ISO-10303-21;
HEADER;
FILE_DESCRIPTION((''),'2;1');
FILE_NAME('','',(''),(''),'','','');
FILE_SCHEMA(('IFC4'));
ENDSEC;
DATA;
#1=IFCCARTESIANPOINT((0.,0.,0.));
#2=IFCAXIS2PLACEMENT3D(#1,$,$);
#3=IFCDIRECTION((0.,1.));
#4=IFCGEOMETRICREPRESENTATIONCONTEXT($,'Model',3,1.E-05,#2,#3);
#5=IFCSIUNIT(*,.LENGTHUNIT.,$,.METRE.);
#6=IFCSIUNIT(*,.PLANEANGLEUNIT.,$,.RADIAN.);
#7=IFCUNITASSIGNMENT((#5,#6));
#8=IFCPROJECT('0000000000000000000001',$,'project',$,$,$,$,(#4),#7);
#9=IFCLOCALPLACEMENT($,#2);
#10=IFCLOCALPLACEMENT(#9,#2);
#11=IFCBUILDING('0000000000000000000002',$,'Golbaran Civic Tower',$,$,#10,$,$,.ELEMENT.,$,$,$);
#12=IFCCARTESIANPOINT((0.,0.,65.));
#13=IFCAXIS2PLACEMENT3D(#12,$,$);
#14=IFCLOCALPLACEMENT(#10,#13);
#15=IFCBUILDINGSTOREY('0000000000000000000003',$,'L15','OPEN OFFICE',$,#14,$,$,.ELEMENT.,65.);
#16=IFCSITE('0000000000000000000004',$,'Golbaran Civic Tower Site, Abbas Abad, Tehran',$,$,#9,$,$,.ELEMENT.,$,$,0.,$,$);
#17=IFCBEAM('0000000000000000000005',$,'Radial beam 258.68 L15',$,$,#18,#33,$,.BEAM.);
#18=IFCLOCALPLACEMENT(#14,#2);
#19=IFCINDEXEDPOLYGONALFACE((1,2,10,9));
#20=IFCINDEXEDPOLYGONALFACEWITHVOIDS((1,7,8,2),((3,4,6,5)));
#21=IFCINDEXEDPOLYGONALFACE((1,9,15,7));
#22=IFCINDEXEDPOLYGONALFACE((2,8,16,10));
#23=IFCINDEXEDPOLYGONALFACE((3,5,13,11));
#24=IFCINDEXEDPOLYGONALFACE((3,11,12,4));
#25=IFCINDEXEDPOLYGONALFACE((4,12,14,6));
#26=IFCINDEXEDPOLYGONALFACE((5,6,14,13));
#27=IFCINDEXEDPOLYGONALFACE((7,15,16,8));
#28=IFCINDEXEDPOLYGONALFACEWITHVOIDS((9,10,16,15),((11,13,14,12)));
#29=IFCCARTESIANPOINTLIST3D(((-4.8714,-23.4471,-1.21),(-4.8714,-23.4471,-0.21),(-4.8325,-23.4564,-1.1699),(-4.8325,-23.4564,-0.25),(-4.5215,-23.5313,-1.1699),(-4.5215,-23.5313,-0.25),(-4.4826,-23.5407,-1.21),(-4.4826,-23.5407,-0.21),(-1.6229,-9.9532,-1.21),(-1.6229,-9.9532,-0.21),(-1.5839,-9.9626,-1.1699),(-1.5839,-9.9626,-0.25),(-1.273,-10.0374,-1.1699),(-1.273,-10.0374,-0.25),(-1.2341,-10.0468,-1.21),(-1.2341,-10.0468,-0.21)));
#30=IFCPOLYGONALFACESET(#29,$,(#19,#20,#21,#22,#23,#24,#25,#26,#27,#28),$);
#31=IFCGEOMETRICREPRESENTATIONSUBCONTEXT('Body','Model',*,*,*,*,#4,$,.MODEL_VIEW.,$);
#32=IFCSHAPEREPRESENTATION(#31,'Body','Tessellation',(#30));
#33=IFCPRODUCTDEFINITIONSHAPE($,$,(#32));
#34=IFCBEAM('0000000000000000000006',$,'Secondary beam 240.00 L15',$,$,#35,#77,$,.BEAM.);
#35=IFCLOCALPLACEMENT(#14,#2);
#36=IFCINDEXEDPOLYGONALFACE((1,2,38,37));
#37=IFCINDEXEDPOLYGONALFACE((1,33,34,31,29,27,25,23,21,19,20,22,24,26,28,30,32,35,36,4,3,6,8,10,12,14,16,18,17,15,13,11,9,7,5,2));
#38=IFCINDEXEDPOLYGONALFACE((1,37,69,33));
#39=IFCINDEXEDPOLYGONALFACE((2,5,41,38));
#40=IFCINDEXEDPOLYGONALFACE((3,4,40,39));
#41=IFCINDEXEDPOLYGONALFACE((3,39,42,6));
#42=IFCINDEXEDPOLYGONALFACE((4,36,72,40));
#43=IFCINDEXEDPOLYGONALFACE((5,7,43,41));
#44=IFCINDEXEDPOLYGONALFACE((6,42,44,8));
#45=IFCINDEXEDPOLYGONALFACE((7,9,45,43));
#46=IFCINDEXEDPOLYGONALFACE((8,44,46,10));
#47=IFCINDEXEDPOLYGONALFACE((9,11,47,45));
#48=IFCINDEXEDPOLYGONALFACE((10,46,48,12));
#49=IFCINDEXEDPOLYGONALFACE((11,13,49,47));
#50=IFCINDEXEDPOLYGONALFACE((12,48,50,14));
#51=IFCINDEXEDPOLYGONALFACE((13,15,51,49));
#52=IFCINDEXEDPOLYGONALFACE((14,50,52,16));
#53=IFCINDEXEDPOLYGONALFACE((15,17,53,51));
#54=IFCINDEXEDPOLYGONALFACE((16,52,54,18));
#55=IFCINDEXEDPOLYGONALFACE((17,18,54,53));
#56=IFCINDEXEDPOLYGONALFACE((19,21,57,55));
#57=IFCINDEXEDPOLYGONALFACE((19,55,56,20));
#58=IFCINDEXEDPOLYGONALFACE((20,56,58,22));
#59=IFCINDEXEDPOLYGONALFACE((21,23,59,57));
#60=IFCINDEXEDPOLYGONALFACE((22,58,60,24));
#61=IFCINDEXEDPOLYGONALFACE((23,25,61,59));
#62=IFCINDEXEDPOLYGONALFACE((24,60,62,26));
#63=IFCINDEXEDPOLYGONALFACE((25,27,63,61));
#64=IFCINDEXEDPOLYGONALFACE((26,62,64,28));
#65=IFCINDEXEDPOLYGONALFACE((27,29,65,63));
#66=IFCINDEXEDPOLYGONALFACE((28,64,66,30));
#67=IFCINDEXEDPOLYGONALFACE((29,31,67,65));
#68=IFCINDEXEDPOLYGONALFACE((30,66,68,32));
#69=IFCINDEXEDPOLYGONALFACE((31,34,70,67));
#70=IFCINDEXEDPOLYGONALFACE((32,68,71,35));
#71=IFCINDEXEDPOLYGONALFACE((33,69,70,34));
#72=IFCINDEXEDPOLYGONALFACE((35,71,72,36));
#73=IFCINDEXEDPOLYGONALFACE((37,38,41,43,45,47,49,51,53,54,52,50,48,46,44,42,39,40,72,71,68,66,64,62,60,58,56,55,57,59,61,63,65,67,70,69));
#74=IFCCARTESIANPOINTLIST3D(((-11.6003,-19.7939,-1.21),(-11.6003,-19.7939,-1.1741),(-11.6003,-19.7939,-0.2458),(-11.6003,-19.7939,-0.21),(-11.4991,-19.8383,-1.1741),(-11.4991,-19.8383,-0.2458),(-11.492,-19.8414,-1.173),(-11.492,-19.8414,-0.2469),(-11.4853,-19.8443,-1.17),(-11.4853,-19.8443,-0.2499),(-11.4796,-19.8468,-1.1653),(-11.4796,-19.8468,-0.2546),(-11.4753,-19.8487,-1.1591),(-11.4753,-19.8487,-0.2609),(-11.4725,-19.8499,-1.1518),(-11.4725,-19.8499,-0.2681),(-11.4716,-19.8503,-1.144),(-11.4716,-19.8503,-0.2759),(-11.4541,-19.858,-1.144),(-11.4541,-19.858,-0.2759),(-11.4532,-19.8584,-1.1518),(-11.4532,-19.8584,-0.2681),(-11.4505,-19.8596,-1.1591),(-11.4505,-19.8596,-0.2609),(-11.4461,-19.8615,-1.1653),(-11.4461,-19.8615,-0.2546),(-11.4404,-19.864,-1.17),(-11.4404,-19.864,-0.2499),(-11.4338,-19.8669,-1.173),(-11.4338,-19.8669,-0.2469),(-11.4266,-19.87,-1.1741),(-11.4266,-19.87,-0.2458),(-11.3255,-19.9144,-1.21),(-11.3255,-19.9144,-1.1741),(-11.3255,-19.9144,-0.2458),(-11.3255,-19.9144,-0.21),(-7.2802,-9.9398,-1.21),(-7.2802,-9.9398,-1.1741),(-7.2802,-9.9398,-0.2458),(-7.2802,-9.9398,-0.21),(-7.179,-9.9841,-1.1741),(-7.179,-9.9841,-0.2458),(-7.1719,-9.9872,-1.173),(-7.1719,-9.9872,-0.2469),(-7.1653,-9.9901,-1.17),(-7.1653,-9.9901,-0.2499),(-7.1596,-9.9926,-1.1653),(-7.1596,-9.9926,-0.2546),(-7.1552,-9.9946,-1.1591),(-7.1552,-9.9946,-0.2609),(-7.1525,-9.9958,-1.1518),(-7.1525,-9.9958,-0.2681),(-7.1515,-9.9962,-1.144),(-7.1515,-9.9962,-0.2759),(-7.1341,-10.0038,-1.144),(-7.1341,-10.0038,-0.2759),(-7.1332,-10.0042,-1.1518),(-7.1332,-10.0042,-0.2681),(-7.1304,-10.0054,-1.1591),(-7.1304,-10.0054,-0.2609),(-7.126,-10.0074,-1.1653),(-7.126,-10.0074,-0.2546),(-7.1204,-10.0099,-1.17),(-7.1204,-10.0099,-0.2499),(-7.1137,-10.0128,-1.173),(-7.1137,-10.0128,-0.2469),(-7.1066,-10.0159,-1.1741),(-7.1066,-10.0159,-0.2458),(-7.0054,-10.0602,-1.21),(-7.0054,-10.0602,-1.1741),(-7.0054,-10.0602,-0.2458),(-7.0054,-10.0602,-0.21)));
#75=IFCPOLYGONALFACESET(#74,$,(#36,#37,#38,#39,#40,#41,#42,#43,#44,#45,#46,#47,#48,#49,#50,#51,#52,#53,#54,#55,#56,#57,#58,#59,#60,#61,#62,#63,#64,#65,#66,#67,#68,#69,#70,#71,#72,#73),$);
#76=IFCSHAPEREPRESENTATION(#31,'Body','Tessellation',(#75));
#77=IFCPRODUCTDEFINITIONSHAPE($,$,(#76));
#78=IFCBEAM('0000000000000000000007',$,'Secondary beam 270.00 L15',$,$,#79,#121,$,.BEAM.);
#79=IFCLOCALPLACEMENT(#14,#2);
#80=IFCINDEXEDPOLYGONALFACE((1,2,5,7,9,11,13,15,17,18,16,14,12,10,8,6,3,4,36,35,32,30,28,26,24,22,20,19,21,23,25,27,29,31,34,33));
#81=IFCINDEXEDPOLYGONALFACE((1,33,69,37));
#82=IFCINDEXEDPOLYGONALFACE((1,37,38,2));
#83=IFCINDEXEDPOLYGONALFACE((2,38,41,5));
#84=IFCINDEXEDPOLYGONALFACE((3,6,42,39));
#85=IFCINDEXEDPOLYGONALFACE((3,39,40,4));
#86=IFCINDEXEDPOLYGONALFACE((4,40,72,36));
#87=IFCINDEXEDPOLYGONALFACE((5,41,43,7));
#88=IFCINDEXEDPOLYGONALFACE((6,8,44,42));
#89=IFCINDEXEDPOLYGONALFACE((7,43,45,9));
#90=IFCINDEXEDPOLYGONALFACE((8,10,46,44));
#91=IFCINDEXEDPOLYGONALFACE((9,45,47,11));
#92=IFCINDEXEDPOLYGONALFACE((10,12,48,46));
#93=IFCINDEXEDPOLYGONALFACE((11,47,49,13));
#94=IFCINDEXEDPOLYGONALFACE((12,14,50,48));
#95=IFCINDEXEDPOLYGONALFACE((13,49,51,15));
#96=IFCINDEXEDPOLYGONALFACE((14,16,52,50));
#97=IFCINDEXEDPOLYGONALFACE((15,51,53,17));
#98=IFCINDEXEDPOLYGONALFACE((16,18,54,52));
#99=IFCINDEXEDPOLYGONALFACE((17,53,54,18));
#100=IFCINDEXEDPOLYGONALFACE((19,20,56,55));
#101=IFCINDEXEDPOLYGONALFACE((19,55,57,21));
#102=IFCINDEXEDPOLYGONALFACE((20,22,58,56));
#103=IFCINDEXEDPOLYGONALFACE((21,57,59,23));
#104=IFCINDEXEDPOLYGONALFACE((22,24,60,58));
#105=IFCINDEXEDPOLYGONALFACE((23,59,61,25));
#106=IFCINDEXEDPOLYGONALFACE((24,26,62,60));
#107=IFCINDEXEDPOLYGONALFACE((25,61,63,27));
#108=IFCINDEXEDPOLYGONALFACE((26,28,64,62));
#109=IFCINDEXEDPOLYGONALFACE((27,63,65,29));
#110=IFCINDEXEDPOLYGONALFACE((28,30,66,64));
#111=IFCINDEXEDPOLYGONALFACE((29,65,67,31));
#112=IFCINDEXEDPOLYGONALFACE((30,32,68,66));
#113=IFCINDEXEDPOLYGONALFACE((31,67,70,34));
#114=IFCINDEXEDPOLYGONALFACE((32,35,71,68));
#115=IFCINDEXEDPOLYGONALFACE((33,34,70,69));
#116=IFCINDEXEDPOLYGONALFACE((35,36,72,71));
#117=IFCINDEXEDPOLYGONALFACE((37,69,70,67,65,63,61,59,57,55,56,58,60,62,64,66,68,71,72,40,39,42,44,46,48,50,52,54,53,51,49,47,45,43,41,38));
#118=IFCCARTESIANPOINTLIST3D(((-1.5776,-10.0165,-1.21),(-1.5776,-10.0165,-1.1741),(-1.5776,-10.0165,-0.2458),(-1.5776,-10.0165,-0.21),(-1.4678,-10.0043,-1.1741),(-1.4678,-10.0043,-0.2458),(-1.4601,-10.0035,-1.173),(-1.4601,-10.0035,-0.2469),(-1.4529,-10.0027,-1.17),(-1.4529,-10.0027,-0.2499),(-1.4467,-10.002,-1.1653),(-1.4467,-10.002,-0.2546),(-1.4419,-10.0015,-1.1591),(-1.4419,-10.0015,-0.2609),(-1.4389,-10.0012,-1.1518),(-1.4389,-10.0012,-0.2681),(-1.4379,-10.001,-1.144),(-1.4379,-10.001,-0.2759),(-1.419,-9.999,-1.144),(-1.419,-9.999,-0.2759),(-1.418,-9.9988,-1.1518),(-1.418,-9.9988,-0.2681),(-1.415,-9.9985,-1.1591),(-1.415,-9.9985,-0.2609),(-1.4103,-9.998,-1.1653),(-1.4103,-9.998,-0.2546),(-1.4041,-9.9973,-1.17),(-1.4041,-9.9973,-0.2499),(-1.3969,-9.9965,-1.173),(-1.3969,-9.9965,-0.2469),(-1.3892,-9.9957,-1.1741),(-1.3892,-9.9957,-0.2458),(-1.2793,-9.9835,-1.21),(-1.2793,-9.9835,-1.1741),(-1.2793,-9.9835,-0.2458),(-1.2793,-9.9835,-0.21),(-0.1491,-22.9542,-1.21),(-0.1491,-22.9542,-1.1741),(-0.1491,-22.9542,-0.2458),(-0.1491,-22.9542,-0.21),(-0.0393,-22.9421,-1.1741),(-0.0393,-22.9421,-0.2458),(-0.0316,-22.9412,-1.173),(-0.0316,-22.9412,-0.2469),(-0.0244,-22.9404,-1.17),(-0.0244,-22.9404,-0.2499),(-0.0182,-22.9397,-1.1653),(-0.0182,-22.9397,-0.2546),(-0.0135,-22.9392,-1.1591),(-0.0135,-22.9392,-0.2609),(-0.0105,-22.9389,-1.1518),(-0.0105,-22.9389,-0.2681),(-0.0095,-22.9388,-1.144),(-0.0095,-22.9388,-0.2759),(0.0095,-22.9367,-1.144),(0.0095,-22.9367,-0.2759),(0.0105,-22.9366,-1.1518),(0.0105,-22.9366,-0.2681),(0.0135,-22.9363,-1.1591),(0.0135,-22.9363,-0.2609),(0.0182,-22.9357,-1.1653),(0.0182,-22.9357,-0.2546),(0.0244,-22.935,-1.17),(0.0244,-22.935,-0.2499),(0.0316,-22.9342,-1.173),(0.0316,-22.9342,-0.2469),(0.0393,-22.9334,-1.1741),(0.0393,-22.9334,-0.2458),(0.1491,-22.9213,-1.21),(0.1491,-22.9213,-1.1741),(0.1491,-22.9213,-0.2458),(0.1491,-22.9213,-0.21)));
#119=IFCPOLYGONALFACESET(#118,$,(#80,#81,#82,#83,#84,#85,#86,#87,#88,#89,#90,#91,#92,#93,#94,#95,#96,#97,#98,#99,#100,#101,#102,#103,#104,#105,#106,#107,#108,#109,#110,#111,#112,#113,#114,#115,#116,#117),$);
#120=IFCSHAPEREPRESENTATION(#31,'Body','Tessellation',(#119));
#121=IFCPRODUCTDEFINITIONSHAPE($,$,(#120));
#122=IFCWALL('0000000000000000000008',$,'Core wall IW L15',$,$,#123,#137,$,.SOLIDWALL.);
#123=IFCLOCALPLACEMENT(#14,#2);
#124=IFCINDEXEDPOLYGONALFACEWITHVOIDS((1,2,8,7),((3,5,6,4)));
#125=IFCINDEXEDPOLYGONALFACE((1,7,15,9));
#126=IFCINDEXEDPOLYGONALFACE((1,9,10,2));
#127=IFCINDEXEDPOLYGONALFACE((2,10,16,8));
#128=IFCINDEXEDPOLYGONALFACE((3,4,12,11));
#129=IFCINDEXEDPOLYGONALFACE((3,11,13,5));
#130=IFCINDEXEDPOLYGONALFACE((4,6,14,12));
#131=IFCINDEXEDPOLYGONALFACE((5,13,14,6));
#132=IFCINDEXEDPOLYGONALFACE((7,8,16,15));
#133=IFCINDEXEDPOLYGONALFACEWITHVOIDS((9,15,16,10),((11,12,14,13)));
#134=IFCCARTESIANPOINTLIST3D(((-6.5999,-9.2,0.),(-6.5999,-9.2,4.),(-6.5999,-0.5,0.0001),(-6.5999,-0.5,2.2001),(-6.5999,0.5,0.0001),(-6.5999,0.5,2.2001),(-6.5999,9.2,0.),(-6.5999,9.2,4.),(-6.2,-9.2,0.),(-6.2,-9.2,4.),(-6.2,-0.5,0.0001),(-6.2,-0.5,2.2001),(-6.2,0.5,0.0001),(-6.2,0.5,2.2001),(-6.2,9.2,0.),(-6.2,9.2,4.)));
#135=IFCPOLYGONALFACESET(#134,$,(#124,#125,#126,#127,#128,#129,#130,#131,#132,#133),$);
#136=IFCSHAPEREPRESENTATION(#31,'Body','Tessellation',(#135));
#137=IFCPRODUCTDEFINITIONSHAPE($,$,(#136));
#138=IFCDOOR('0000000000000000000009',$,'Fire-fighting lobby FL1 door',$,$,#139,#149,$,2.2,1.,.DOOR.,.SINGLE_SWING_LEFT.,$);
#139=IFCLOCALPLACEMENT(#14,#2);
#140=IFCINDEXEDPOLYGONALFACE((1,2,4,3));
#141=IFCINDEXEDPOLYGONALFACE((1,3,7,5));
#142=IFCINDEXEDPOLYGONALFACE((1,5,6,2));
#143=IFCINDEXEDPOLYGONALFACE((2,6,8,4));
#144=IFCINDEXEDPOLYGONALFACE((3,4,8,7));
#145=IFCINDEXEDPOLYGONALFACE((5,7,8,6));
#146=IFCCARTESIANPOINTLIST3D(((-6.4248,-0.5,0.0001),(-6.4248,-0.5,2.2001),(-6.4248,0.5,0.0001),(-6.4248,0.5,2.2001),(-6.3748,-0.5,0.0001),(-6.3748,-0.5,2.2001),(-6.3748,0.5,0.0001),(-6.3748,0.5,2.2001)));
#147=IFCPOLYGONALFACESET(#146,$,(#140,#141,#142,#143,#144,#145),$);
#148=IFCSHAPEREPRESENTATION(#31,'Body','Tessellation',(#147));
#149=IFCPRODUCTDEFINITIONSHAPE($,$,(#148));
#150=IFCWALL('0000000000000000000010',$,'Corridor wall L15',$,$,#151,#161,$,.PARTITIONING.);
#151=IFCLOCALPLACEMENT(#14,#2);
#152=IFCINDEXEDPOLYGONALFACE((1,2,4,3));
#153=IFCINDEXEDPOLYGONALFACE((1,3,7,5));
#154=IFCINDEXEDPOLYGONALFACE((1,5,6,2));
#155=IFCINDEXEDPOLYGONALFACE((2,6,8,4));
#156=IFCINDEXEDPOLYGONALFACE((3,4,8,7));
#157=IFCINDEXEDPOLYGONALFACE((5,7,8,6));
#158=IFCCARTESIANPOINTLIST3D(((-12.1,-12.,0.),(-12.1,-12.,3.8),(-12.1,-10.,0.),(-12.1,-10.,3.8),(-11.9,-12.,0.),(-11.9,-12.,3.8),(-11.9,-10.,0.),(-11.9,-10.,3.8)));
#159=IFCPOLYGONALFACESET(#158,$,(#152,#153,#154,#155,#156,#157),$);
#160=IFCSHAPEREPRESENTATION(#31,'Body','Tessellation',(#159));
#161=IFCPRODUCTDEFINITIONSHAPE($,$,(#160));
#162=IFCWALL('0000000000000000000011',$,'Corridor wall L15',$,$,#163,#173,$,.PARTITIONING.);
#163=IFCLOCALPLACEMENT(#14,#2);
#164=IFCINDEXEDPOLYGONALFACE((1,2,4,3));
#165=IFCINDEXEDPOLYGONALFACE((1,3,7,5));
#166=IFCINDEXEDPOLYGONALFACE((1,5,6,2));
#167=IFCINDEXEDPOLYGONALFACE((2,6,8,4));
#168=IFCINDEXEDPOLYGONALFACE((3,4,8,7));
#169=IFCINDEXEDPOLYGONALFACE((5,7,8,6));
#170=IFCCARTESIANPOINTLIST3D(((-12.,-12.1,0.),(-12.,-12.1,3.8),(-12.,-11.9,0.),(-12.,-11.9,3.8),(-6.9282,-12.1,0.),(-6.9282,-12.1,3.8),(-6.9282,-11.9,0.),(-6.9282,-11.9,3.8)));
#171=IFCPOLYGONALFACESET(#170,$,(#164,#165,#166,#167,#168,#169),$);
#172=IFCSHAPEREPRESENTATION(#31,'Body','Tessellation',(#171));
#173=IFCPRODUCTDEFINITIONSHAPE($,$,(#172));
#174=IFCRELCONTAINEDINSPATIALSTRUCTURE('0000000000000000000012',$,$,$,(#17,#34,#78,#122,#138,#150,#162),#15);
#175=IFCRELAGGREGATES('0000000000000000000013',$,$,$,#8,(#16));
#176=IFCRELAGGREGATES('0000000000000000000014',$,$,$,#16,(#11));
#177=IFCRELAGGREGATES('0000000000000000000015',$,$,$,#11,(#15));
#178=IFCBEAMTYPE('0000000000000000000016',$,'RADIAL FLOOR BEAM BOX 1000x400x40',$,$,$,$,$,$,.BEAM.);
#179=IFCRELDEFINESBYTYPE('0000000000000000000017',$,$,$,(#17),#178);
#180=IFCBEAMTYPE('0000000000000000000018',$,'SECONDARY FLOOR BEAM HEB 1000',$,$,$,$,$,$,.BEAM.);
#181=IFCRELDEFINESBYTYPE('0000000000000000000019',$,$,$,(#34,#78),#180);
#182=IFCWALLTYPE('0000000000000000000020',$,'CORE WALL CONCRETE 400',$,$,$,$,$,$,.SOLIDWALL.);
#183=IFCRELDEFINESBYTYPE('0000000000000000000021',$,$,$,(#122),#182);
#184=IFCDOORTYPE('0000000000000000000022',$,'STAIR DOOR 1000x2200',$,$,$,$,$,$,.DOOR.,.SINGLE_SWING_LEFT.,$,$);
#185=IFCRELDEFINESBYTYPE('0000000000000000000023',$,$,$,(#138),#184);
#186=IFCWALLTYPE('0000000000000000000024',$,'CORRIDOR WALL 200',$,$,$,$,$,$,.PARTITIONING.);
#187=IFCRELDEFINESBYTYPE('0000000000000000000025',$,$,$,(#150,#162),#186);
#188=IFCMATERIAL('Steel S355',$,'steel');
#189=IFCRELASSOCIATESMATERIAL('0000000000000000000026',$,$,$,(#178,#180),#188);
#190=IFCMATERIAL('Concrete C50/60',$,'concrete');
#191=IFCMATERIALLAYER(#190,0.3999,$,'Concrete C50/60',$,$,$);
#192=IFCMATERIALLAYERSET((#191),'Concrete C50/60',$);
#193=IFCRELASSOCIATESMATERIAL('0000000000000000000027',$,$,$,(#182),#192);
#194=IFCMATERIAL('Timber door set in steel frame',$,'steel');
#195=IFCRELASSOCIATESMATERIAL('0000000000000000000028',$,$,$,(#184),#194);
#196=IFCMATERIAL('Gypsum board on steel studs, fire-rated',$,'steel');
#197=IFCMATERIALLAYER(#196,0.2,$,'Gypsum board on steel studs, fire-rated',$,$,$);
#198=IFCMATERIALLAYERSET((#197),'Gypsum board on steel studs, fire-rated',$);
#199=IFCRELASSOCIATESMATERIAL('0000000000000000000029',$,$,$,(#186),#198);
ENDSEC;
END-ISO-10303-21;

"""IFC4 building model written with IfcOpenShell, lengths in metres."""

from ifc_helpers import new_model, si_unit, direction, frame, frame_2d, origin, origin_2d, place, context, subcontext, project, spatial, rectangle, hollow_rectangle, i_section, extrude, material, layer, layer_set, material_profile, profile_set, type_object, element, fill, save


model = new_model("IFC4")

# Units and contexts
model_context = context("Model", 3, precision=1e-05, world=origin(), true_north=direction((0.0, 1.0)))
body_context = subcontext(model_context, "Body", "Model", "MODEL_VIEW")
ifc_project = project(units=[si_unit("LENGTHUNIT", "METRE"), si_unit("PLANEANGLEUNIT", "RADIAN")], contexts=[model_context])

# Site, building, storey
site_placement = place(None, origin())
site = spatial("IfcSite", under=ifc_project, at=site_placement, Name="Golbaran Civic Tower Site, Abbas Abad, Tehran", CompositionType="ELEMENT", RefElevation=0.0)
building_placement = place(site_placement, origin())
building = spatial("IfcBuilding", under=site, at=building_placement, Name="Golbaran Civic Tower", CompositionType="ELEMENT")
storey_placement = place(building_placement, frame((0.0, 0.0, 65.0)))
storey = spatial("IfcBuildingStorey", under=building, at=storey_placement, Name="L15", Description="OPEN OFFICE", CompositionType="ELEMENT", Elevation=65.0)

# Beams
ifc_material_1 = material(Name="Steel S355", Category="steel")
ifc_material_profile_1 = material_profile(ifc_material_1, hollow_rectangle(XDim=0.3999, YDim=1.0, WallThickness=0.04, at=origin_2d()), Name="BOX 1000x400x40")
ifc_profile_set_1 = profile_set([ifc_material_profile_1], Name="Steel S355")
beam_type_1 = type_object("IfcBeamType", Name="RADIAL FLOOR BEAM BOX 1000x400x40", PredefinedType="BEAM", material=ifc_profile_set_1)
beam_1_placement = place(storey_placement, frame((-1.4285, -10.0, -0.71), z_axis=(-0.234054, -0.972224, 0.0), x_axis=(0.972224, -0.234054, 0.0)))
element("IfcBeam", 1, at=beam_1_placement, inside=storey, type_object=beam_type_1, Name="Radial beam 258.68 L15", PredefinedType="BEAM", context=body_context, shape_type="SweptSolid", body=[
    extrude(hollow_rectangle(XDim=0.3999, YDim=1.0, WallThickness=0.04, at=origin_2d()), origin(), (0.0, 0.0, 1.0), 13.8794),
])
ifc_material_profile_2 = material_profile(ifc_material_1, i_section(OverallWidth=0.3, OverallDepth=1.0, WebThickness=0.019, FlangeThickness=0.0359, FilletRadius=0.03, at=origin_2d()), Name="HEB 1000")
ifc_profile_set_2 = profile_set([ifc_material_profile_2], Name="Steel S355")
beam_type_2 = type_object("IfcBeamType", Name="SECONDARY FLOOR BEAM HEB 1000", PredefinedType="BEAM", material=ifc_profile_set_2)
beam_2_placement = place(storey_placement, frame((-7.1428, -10.0, -0.71), z_axis=(-0.401508, -0.915856, 0.0), x_axis=(0.915856, -0.401508, 0.0)))
element("IfcBeam", 2, at=beam_2_placement, inside=storey, type_object=beam_type_2, Name="Secondary beam 240.00 L15", PredefinedType="BEAM", context=body_context, shape_type="SweptSolid", body=[
    extrude(i_section(OverallWidth=0.3, OverallDepth=1.0, WebThickness=0.019, FlangeThickness=0.0359, FilletRadius=0.03, at=origin_2d()), origin(), (0.0, 0.0, 1.0), 10.7595),
])
beam_3_placement = place(storey_placement, frame((-1.4285, -10.0, -0.71), z_axis=(0.109744, -0.99396, 0.0), x_axis=(0.99396, 0.109744, 0.0)))
element("IfcBeam", 3, at=beam_3_placement, inside=storey, type_object=beam_type_2, Name="Secondary beam 270.00 L15", PredefinedType="BEAM", context=body_context, shape_type="SweptSolid", body=[
    extrude(i_section(OverallWidth=0.3, OverallDepth=1.0, WebThickness=0.019, FlangeThickness=0.0359, FilletRadius=0.03, at=origin_2d()), origin(), (0.0, 0.0, 1.0), 13.0164),
])

# Wall, opening, door
ifc_material_2 = material(Name="Concrete C50/60", Category="concrete")
ifc_layer_1 = layer(ifc_material_2, 0.3999, Name="Concrete C50/60")
ifc_layer_set_1 = layer_set([ifc_layer_1], Name="Concrete C50/60")
wall_type_1 = type_object("IfcWallType", Name="CORE WALL CONCRETE 400", PredefinedType="SOLIDWALL", material=ifc_layer_set_1)
wall_1_placement = place(storey_placement, frame((-6.3999, -9.2, 0.0), z_axis=(0.0, 0.0, 1.0), x_axis=(0.0, 1.0, 0.0)))
wall_1 = element("IfcWall", 4, at=wall_1_placement, inside=storey, type_object=wall_type_1, Name="Core wall IW L15", PredefinedType="SOLIDWALL", context=body_context, shape_type="SweptSolid", body=[
    extrude(rectangle(XDim=18.3999, YDim=0.3999, at=frame_2d((9.2, 0.0))), origin(), (0.0, 0.0, 1.0), 4.0),
])
opening_1_placement = place(wall_1_placement, frame((8.7, 0.0, 0.0)))
opening_1 = element("IfcOpeningElement", 5, at=opening_1_placement, cuts=wall_1, PredefinedType="OPENING", context=body_context, shape_type="SweptSolid", body=[
    extrude(rectangle(XDim=1.0, YDim=2.2, at=frame_2d((0.5, 1.1001))), frame((0.0, 0.21, 0.0), z_axis=(0.0, -1.0, 0.0), x_axis=(1.0, 0.0, 0.0)), (0.0, 0.0, 1.0), 0.4199),
])
ifc_material_3 = material(Name="Timber door set in steel frame", Category="steel")
door_type_1 = type_object("IfcDoorType", Name="STAIR DOOR 1000x2200", OperationType="SINGLE_SWING_LEFT", PredefinedType="DOOR", material=ifc_material_3)
door_1_placement = place(opening_1_placement, origin())
door_1 = element("IfcDoor", 6, at=door_1_placement, inside=storey, type_object=door_type_1, Name="Fire-fighting lobby FL1 door", OperationType="SINGLE_SWING_LEFT", OverallHeight=2.2, OverallWidth=1.0, PredefinedType="DOOR", context=body_context, shape_type="SweptSolid", body=[
    extrude(rectangle(XDim=1.0, YDim=2.2, at=frame_2d((0.5, 1.1001))), frame((0.0, 0.0249, 0.0), z_axis=(0.0, -1.0, 0.0), x_axis=(1.0, 0.0, 0.0)), (0.0, 0.0, 1.0), 0.05),
])
fill(opening_1, door_1)

# Walls
ifc_material_4 = material(Name="Gypsum board on steel studs, fire-rated", Category="steel")
ifc_layer_2 = layer(ifc_material_4, 0.2, Name="Gypsum board on steel studs, fire-rated")
ifc_layer_set_2 = layer_set([ifc_layer_2], Name="Gypsum board on steel studs, fire-rated")
wall_type_2 = type_object("IfcWallType", Name="CORRIDOR WALL 200", PredefinedType="PARTITIONING", material=ifc_layer_set_2)
wall_2_placement = place(storey_placement, frame((-12.0, -10.0, 0.0), z_axis=(0.0, 0.0, 1.0), x_axis=(0.0, -1.0, 0.0)))
element("IfcWall", 7, at=wall_2_placement, inside=storey, type_object=wall_type_2, Name="Corridor wall L15", PredefinedType="PARTITIONING", context=body_context, shape_type="SweptSolid", body=[
    extrude(rectangle(XDim=2.0, YDim=0.2, at=frame_2d((1.0, 0.0))), origin(), (0.0, 0.0, 1.0), 3.8),
])
wall_3_placement = place(storey_placement, frame((-12.0, -12.0, 0.0), z_axis=(0.0, 0.0, 1.0), x_axis=(1.0, 0.0, 0.0)))
element("IfcWall", 8, at=wall_3_placement, inside=storey, type_object=wall_type_2, Name="Corridor wall L15", PredefinedType="PARTITIONING", context=body_context, shape_type="SweptSolid", body=[
    extrude(rectangle(XDim=5.0718, YDim=0.2, at=frame_2d((2.5359, 0.0))), origin(), (0.0, 0.0, 1.0), 3.8),
])

save(model, "model.ifc")
